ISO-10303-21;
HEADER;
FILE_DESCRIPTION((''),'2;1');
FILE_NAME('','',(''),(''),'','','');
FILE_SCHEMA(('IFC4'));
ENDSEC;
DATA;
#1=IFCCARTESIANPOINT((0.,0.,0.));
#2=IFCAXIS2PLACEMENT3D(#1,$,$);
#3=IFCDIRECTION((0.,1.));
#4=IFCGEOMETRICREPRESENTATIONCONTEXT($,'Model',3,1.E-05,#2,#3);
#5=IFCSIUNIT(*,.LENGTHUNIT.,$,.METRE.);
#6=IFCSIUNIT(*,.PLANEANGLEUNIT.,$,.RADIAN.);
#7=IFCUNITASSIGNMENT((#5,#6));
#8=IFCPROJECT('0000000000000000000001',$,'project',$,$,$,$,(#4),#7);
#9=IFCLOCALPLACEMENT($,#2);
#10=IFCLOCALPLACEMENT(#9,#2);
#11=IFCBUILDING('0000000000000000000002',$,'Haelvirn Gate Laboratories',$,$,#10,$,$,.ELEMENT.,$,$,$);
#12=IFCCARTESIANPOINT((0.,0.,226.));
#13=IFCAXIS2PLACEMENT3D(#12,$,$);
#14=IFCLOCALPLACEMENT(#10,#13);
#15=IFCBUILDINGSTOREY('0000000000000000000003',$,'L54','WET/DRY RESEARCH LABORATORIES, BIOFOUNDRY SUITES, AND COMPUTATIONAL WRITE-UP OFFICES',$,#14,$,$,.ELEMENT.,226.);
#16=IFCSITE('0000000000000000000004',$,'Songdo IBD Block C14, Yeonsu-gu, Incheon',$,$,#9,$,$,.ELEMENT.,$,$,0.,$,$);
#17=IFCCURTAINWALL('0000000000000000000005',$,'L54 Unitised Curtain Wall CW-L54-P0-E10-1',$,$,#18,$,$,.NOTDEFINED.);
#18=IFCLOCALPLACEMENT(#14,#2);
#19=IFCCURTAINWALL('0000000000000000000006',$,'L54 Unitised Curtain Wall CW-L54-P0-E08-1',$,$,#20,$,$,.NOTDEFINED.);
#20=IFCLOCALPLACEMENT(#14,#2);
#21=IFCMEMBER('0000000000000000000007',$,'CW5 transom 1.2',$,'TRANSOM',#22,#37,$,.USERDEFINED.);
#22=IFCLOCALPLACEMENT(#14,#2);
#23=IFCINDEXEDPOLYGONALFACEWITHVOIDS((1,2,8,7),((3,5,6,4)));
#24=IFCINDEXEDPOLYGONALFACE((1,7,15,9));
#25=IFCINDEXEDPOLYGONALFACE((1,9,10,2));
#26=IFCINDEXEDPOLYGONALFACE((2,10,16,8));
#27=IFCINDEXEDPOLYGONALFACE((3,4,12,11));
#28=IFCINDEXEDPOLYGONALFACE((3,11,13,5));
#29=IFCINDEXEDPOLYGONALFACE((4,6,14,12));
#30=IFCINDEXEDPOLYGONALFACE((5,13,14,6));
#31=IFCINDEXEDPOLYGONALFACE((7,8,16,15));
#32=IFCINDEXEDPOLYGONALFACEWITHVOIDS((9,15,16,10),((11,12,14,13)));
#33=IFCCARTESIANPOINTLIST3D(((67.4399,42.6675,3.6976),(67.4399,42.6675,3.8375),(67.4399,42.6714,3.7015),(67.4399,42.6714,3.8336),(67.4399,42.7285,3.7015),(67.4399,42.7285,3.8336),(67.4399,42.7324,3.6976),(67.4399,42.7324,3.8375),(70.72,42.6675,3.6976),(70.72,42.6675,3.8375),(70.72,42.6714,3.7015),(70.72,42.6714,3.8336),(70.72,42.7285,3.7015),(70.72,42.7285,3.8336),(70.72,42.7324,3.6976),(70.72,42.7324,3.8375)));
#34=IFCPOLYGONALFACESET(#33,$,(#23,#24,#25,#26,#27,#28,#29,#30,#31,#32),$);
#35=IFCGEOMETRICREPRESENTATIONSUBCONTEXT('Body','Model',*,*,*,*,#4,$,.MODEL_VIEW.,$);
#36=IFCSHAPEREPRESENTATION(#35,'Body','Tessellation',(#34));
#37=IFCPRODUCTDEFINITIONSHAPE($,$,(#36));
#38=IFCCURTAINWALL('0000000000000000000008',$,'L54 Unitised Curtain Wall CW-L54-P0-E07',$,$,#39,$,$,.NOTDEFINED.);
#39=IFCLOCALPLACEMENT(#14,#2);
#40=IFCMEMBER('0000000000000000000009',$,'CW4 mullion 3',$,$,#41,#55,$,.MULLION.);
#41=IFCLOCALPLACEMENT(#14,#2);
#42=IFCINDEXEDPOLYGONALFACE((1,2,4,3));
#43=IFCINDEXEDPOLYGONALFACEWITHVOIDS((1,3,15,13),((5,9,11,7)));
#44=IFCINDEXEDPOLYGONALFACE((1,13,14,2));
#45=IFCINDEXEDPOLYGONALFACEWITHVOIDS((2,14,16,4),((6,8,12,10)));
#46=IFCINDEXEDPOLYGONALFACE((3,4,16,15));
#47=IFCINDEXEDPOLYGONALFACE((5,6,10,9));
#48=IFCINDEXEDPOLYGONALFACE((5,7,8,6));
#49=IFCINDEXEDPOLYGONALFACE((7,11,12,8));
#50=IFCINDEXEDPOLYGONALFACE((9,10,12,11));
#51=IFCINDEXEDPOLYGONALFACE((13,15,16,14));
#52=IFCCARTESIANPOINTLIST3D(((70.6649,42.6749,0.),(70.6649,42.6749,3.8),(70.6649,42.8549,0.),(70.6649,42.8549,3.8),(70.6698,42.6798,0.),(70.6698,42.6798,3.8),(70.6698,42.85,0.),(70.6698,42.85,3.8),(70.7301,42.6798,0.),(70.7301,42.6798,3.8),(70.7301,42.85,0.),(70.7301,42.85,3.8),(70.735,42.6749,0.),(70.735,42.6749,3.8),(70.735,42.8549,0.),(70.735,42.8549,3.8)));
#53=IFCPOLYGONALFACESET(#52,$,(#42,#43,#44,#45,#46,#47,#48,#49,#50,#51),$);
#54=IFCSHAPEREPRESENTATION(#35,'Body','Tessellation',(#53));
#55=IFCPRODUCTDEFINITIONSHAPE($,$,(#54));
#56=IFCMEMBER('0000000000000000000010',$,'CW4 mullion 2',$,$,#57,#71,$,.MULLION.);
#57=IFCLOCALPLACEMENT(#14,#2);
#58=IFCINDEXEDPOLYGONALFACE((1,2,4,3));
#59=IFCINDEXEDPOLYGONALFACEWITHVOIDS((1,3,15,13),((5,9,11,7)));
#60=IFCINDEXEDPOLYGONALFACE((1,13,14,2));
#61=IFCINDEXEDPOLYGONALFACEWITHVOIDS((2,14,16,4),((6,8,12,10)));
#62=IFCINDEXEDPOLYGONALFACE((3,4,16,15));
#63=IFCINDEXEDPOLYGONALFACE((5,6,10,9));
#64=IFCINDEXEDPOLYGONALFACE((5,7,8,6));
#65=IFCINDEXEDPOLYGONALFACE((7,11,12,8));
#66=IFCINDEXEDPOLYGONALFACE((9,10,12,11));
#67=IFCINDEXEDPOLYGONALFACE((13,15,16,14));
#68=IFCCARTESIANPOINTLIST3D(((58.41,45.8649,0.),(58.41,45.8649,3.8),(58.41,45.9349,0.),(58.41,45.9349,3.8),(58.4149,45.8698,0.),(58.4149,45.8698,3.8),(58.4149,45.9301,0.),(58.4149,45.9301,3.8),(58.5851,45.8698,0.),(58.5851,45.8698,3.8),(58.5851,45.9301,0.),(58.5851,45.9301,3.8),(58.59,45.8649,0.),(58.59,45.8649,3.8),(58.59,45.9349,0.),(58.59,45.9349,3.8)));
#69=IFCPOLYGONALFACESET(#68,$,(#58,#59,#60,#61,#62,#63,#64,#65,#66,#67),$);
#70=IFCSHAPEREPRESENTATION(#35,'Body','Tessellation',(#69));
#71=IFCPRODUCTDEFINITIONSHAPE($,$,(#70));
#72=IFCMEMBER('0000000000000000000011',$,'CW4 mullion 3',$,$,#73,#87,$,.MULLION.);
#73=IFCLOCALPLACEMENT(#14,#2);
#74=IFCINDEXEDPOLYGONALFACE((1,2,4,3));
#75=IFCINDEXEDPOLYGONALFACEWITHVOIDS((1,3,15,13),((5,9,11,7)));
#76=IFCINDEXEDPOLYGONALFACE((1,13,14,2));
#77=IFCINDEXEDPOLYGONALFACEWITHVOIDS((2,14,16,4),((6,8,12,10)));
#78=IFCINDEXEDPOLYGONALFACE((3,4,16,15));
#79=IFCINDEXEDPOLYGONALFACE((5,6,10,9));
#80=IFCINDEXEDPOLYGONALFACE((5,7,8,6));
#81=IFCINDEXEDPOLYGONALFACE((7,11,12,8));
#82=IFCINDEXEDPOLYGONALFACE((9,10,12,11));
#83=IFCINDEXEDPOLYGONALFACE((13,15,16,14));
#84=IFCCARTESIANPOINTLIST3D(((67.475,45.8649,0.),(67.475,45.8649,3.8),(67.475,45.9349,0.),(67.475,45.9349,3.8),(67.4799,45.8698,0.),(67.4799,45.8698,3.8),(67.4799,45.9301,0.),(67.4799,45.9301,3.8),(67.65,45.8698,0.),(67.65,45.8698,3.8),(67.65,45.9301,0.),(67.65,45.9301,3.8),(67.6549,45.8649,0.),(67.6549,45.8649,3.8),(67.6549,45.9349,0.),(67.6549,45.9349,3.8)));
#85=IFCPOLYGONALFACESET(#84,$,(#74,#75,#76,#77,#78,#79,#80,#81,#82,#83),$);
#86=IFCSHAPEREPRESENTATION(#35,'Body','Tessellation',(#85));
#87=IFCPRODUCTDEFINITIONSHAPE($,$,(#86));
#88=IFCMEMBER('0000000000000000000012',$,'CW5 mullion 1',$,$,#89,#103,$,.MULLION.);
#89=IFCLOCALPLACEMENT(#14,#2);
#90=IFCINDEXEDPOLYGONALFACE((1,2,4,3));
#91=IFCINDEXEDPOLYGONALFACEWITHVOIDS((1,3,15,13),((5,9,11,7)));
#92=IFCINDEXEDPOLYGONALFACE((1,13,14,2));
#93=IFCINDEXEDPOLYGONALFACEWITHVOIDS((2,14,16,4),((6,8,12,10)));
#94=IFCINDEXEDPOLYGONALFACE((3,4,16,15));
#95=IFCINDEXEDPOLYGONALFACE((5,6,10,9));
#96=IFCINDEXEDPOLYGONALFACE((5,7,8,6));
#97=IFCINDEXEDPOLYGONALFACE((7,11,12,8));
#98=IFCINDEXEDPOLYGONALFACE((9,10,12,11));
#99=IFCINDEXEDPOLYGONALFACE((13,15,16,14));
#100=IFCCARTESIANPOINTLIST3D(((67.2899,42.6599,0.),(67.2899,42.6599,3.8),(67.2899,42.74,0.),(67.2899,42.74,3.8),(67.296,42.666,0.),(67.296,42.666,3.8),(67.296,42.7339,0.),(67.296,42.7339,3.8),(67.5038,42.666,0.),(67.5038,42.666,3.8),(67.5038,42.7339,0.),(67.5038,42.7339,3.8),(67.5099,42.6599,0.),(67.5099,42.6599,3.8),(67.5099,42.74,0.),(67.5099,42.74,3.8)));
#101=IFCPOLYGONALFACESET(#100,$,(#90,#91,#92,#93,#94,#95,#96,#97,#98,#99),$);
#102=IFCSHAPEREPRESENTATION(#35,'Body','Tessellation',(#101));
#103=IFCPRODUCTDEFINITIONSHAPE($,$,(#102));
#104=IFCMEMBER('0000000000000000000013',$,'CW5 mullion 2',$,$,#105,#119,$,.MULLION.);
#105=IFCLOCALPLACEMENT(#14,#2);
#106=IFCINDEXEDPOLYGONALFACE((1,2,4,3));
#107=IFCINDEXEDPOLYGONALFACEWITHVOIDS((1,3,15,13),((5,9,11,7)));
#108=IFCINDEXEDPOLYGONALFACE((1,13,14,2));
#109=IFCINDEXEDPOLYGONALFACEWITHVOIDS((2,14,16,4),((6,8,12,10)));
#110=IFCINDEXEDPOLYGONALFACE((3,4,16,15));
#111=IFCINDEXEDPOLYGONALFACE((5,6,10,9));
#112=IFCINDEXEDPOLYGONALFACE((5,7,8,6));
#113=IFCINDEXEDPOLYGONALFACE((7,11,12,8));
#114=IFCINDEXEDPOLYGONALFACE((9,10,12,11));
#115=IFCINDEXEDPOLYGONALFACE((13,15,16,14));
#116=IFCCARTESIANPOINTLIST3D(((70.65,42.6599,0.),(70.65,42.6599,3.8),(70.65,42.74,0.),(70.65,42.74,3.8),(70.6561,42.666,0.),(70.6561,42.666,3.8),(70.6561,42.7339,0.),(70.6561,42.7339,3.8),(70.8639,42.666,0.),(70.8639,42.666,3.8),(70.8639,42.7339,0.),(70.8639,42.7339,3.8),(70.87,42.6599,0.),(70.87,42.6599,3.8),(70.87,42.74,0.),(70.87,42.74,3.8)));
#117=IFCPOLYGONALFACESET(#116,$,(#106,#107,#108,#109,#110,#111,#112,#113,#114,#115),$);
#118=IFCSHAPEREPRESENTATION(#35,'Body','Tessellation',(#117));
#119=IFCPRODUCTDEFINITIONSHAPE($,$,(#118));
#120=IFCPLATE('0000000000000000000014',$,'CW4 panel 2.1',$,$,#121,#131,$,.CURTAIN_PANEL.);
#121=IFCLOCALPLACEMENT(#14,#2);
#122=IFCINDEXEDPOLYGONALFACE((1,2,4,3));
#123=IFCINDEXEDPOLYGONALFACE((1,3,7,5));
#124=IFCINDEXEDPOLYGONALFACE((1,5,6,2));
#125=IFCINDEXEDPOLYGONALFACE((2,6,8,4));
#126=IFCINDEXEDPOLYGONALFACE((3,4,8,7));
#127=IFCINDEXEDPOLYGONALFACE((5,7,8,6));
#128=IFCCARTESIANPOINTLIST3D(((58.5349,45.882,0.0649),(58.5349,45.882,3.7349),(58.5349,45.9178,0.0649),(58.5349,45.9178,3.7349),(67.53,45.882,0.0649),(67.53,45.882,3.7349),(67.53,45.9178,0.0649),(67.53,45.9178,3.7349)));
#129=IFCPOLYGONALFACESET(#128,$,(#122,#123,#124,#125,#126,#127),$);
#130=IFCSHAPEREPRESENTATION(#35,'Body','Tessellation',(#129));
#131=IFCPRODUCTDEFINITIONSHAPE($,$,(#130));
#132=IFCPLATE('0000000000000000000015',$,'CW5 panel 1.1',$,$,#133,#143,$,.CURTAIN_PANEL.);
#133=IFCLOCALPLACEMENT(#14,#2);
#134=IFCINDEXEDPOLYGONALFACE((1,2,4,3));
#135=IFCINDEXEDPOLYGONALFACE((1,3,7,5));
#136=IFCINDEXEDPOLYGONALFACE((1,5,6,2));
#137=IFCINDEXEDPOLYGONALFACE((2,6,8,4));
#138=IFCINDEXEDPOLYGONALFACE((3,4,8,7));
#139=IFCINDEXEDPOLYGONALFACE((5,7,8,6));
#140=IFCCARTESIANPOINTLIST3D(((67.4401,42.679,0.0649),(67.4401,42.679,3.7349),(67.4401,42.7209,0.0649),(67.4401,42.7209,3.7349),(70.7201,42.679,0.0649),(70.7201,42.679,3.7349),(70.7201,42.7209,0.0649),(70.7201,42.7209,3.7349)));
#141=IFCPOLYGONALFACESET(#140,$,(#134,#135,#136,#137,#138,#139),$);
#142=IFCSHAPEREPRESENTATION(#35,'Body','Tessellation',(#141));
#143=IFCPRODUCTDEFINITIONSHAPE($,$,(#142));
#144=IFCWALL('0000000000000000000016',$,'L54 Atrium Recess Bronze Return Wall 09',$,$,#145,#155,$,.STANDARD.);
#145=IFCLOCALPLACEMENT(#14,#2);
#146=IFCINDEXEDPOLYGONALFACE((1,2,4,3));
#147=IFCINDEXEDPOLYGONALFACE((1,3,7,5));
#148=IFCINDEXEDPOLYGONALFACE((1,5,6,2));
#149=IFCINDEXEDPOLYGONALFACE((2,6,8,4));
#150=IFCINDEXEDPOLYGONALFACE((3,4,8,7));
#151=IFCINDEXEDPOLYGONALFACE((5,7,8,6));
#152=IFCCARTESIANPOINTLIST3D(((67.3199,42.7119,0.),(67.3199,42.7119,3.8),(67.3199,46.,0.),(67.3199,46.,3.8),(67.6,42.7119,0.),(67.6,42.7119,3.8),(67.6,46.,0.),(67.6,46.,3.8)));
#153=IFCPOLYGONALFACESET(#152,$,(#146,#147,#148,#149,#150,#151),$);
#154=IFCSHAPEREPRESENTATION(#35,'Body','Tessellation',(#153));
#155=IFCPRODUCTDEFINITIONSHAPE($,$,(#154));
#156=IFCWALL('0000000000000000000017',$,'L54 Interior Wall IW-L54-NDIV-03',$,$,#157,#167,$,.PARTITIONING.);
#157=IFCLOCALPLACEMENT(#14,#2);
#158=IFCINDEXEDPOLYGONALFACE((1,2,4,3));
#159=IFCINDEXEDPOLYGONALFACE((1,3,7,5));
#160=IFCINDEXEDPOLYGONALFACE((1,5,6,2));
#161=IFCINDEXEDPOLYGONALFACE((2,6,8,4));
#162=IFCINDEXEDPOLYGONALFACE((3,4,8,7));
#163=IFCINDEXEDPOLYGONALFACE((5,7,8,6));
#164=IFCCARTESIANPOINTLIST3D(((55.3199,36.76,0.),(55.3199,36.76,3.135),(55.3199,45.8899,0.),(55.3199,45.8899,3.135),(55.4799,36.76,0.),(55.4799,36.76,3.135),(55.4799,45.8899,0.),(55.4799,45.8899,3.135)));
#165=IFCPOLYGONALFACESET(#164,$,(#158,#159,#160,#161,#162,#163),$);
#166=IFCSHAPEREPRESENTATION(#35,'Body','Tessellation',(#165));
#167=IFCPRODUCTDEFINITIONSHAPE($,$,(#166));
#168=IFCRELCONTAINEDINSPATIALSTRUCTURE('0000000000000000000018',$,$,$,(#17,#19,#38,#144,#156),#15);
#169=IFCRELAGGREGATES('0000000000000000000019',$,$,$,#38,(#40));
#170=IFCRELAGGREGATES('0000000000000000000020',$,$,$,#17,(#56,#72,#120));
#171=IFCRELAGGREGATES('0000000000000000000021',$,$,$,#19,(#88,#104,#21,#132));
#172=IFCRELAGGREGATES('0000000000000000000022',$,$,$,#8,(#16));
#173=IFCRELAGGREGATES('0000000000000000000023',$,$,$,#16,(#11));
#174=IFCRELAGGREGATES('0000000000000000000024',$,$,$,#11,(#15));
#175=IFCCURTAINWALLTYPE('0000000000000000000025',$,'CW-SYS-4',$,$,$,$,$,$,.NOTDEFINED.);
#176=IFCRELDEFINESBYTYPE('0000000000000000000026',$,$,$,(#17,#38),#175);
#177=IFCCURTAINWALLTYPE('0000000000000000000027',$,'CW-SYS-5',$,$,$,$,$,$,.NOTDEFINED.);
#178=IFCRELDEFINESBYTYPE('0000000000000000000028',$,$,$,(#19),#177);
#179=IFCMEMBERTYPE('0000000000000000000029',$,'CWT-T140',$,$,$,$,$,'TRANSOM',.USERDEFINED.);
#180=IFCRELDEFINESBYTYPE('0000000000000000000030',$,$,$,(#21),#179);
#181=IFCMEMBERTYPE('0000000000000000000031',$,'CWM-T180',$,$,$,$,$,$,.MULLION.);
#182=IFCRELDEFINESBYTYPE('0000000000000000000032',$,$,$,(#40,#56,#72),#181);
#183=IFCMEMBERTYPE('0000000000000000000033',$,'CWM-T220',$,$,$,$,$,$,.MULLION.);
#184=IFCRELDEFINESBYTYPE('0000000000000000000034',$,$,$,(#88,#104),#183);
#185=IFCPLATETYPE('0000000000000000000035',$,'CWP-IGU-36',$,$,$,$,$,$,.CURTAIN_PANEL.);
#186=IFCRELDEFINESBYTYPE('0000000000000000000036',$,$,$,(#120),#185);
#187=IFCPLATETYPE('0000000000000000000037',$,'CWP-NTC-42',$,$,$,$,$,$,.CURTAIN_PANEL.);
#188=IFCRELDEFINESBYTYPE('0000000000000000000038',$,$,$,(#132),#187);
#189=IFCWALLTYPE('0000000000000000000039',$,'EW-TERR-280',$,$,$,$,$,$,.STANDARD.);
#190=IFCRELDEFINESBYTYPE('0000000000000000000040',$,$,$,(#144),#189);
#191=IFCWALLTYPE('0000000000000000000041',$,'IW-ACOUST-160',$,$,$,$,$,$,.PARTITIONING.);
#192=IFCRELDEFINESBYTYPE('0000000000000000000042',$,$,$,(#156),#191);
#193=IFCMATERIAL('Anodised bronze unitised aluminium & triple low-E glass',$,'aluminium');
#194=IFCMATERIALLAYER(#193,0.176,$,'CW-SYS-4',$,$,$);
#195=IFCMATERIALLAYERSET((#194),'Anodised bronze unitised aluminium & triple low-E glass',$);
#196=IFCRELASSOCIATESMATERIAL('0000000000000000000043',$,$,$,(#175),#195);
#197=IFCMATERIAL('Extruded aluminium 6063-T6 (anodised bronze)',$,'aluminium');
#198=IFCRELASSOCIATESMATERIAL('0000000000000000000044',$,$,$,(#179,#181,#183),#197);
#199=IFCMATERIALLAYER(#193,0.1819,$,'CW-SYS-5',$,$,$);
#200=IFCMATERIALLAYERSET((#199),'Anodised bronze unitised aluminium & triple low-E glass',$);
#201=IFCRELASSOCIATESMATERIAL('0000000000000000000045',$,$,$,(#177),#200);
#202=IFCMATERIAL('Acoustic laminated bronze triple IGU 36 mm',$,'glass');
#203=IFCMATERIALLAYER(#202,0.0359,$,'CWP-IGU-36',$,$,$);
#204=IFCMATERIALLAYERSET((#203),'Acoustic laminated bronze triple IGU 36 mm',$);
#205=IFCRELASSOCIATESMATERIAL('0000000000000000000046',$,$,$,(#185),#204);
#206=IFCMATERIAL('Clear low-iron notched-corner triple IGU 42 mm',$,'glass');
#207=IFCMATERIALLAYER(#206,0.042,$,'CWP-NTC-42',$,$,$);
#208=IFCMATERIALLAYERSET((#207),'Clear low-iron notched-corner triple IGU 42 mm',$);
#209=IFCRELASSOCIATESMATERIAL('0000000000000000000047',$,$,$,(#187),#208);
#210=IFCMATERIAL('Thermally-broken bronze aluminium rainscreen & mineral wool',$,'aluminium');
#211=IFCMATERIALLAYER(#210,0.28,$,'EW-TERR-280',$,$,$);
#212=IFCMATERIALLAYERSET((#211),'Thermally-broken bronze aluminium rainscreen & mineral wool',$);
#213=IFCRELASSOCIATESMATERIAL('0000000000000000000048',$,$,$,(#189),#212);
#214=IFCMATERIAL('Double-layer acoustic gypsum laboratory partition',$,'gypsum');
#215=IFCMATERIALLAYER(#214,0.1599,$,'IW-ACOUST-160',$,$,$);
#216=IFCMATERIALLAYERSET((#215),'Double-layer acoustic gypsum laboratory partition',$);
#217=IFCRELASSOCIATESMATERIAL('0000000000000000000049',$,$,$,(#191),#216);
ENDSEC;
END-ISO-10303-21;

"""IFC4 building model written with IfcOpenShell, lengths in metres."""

from ifc_helpers import new_model, si_unit, direction, frame, frame_2d, origin, origin_2d, place, context, subcontext, project, spatial, rectangle, hollow_rectangle, extrude, source, transform, mapped, material, layer, layer_set, material_profile, profile_set, type_object, type_shapes, element, aggregate, save


model = new_model("IFC4")

# Units and contexts
model_context = context("Model", 3, precision=1e-05, world=origin(), true_north=direction((0.0, 1.0)))
body_context = subcontext(model_context, "Body", "Model", "MODEL_VIEW")
ifc_project = project(units=[si_unit("LENGTHUNIT", "METRE"), si_unit("PLANEANGLEUNIT", "RADIAN")], contexts=[model_context])

# Site, building, storey
site_placement = place(None, origin())
site = spatial("IfcSite", under=ifc_project, at=site_placement, Name="Songdo IBD Block C14, Yeonsu-gu, Incheon", CompositionType="ELEMENT", RefElevation=0.0)
building_placement = place(site_placement, origin())
building = spatial("IfcBuilding", under=site, at=building_placement, Name="Haelvirn Gate Laboratories", CompositionType="ELEMENT")
storey_placement = place(building_placement, frame((0.0, 0.0, 226.0)))
storey = spatial("IfcBuildingStorey", under=building, at=storey_placement, Name="L54", Description="WET/DRY RESEARCH LABORATORIES, BIOFOUNDRY SUITES, AND COMPUTATIONAL WRITE-UP OFFICES", CompositionType="ELEMENT", Elevation=226.0)

# Curtain walls, member
ifc_material_1 = material(Name="Anodised bronze unitised aluminium & triple low-E glass", Category="aluminium")
ifc_layer_1 = layer(ifc_material_1, 0.176, Name="CW-SYS-4")
ifc_layer_set_1 = layer_set([ifc_layer_1], Name="Anodised bronze unitised aluminium & triple low-E glass")
curtain_wall_type_1 = type_object("IfcCurtainWallType", Name="CW-SYS-4", PredefinedType="NOTDEFINED", material=ifc_layer_set_1)
curtain_wall_1_placement = place(storey_placement, origin())
curtain_wall_1 = element("IfcCurtainWall", 1, at=curtain_wall_1_placement, inside=storey, type_object=curtain_wall_type_1, Name="L54 Unitised Curtain Wall CW-L54-P0-E10-1", PredefinedType="NOTDEFINED")
ifc_material_2 = material(Name="Extruded aluminium 6063-T6 (anodised bronze)", Category="aluminium")
ifc_material_profile_1 = material_profile(ifc_material_2, hollow_rectangle(XDim=0.0649, YDim=0.1399, WallThickness=0.0039, at=origin_2d()), Name="CWT-140x65x4")
ifc_profile_set_1 = profile_set([ifc_material_profile_1], Name="Extruded aluminium 6063-T6 (anodised bronze)")
member_type_1 = type_object("IfcMemberType", Name="CWT-T140", ElementType="TRANSOM", PredefinedType="USERDEFINED", material=ifc_profile_set_1)
ifc_layer_2 = layer(ifc_material_1, 0.1819, Name="CW-SYS-5")
ifc_layer_set_2 = layer_set([ifc_layer_2], Name="Anodised bronze unitised aluminium & triple low-E glass")
curtain_wall_type_2 = type_object("IfcCurtainWallType", Name="CW-SYS-5", PredefinedType="NOTDEFINED", material=ifc_layer_set_2)
curtain_wall_2_placement = place(storey_placement, origin())
curtain_wall_2 = element("IfcCurtainWall", 2, at=curtain_wall_2_placement, inside=storey, type_object=curtain_wall_type_2, Name="L54 Unitised Curtain Wall CW-L54-P0-E08-1", PredefinedType="NOTDEFINED")
shared_shape_1 = source(origin(), body_context, "Body", "SweptSolid", [
    extrude(hollow_rectangle(XDim=0.0649, YDim=0.1399, WallThickness=0.0039, at=origin_2d()), origin(), (0.0, 0.0, 1.0), 3.28),
])
member_1_placement = place(storey_placement, frame((67.4399, 42.7, 3.7676), z_axis=(1.0, 0.0, 0.0), x_axis=(0.0, 1.0, 0.0)))
member_1 = element("IfcMember", 3, at=member_1_placement, type_object=member_type_1, Name="CW5 transom 1.2", ObjectType="TRANSOM", PredefinedType="USERDEFINED", context=body_context, shape_type="MappedRepresentation", body=[
    mapped(shared_shape_1, transform((0.0, 0.0, 0.0), scale=1.0)),
])

# Curtain wall, member
curtain_wall_3_placement = place(storey_placement, origin())
curtain_wall_3 = element("IfcCurtainWall", 4, at=curtain_wall_3_placement, inside=storey, type_object=curtain_wall_type_1, Name="L54 Unitised Curtain Wall CW-L54-P0-E07", PredefinedType="NOTDEFINED")
ifc_material_profile_2 = material_profile(ifc_material_2, hollow_rectangle(XDim=0.0701, YDim=0.1799, WallThickness=0.0049, at=origin_2d()), Name="CWM-180x70x5")
ifc_profile_set_2 = profile_set([ifc_material_profile_2], Name="Extruded aluminium 6063-T6 (anodised bronze)")
member_type_2 = type_object("IfcMemberType", Name="CWM-T180", PredefinedType="MULLION", material=ifc_profile_set_2)
shared_shape_2 = source(origin(), body_context, "Body", "SweptSolid", [
    extrude(hollow_rectangle(XDim=0.0701, YDim=0.1799, WallThickness=0.0049, at=origin_2d()), origin(), (0.0, 0.0, 1.0), 3.8),
])
type_shapes(member_type_2, [shared_shape_2])
member_2_placement = place(storey_placement, frame((70.7, 42.7649, 0.0), z_axis=(0.0, 0.0, 1.0), x_axis=(-1.0, 0.0, 0.0)))
member_2 = element("IfcMember", 5, at=member_2_placement, type_object=member_type_2, Name="CW4 mullion 3", PredefinedType="MULLION", context=body_context, shape_type="MappedRepresentation", body=[
    mapped(shared_shape_2, transform((0.0, 0.0, 0.0), scale=1.0)),
])
aggregate(curtain_wall_3, [member_2])

# Members
member_3_placement = place(storey_placement, frame((58.5, 45.8999, 0.0), z_axis=(0.0, 0.0, 1.0), x_axis=(0.0, 1.0, 0.0)))
member_3 = element("IfcMember", 6, at=member_3_placement, type_object=member_type_2, Name="CW4 mullion 2", PredefinedType="MULLION", context=body_context, shape_type="MappedRepresentation", body=[
    mapped(shared_shape_2, transform((0.0, 0.0, 0.0), scale=1.0)),
])
member_4_placement = place(storey_placement, frame((67.5649, 45.8999, 0.0), z_axis=(0.0, 0.0, 1.0), x_axis=(0.0, 1.0, 0.0)))
member_4 = element("IfcMember", 7, at=member_4_placement, type_object=member_type_2, Name="CW4 mullion 3", PredefinedType="MULLION", context=body_context, shape_type="MappedRepresentation", body=[
    mapped(shared_shape_2, transform((0.0, 0.0, 0.0), scale=1.0)),
])
ifc_material_profile_3 = material_profile(ifc_material_2, hollow_rectangle(XDim=0.0801, YDim=0.22, WallThickness=0.0061, at=origin_2d()), Name="CWM-220x80x6")
ifc_profile_set_3 = profile_set([ifc_material_profile_3], Name="Extruded aluminium 6063-T6 (anodised bronze)")
member_type_3 = type_object("IfcMemberType", Name="CWM-T220", PredefinedType="MULLION", material=ifc_profile_set_3)
shared_shape_3 = source(origin(), body_context, "Body", "SweptSolid", [
    extrude(hollow_rectangle(XDim=0.0801, YDim=0.22, WallThickness=0.0061, at=origin_2d()), origin(), (0.0, 0.0, 1.0), 3.8),
])
type_shapes(member_type_3, [shared_shape_3])
member_5_placement = place(storey_placement, frame((67.3999, 42.7, 0.0), z_axis=(0.0, 0.0, 1.0), x_axis=(0.0, 1.0, 0.0)))
member_5 = element("IfcMember", 8, at=member_5_placement, type_object=member_type_3, Name="CW5 mullion 1", PredefinedType="MULLION", context=body_context, shape_type="MappedRepresentation", body=[
    mapped(shared_shape_3, transform((0.0, 0.0, 0.0), scale=1.0)),
])
member_6_placement = place(storey_placement, frame((70.76, 42.7, 0.0), z_axis=(0.0, 0.0, 1.0), x_axis=(0.0, 1.0, 0.0)))
member_6 = element("IfcMember", 9, at=member_6_placement, type_object=member_type_3, Name="CW5 mullion 2", PredefinedType="MULLION", context=body_context, shape_type="MappedRepresentation", body=[
    mapped(shared_shape_3, transform((0.0, 0.0, 0.0), scale=1.0)),
])

# Plates
ifc_material_3 = material(Name="Acoustic laminated bronze triple IGU 36 mm", Category="glass")
ifc_layer_3 = layer(ifc_material_3, 0.0359, Name="CWP-IGU-36")
ifc_layer_set_3 = layer_set([ifc_layer_3], Name="Acoustic laminated bronze triple IGU 36 mm")
plate_type_1 = type_object("IfcPlateType", Name="CWP-IGU-36", PredefinedType="CURTAIN_PANEL", material=ifc_layer_set_3)
shared_shape_4 = source(origin(), body_context, "Body", "SweptSolid", [
    extrude(rectangle(XDim=8.9951, YDim=0.0359, at=origin_2d()), origin(), (0.0, 0.0, 1.0), 3.6699),
])
type_shapes(plate_type_1, [shared_shape_4])
plate_1_placement = place(storey_placement, frame((63.0325, 45.8999, 0.0649), z_axis=(0.0, 0.0, 1.0), x_axis=(1.0, 0.0, 0.0)))
plate_1 = element("IfcPlate", 10, at=plate_1_placement, type_object=plate_type_1, Name="CW4 panel 2.1", PredefinedType="CURTAIN_PANEL", context=body_context, shape_type="MappedRepresentation", body=[
    mapped(shared_shape_4, transform((0.0, 0.0, 0.0), scale=1.0)),
])
aggregate(curtain_wall_1, [member_3, member_4, plate_1])
ifc_material_4 = material(Name="Clear low-iron notched-corner triple IGU 42 mm", Category="glass")
ifc_layer_4 = layer(ifc_material_4, 0.042, Name="CWP-NTC-42")
ifc_layer_set_4 = layer_set([ifc_layer_4], Name="Clear low-iron notched-corner triple IGU 42 mm")
plate_type_2 = type_object("IfcPlateType", Name="CWP-NTC-42", PredefinedType="CURTAIN_PANEL", material=ifc_layer_set_4)
shared_shape_5 = source(origin(), body_context, "Body", "SweptSolid", [
    extrude(rectangle(XDim=3.28, YDim=0.042, at=origin_2d()), origin(), (0.0, 0.0, 1.0), 3.6699),
])
type_shapes(plate_type_2, [shared_shape_5])
plate_2_placement = place(storey_placement, frame((69.0801, 42.7, 0.0649), z_axis=(0.0, 0.0, 1.0), x_axis=(1.0, 0.0, 0.0)))
plate_2 = element("IfcPlate", 11, at=plate_2_placement, type_object=plate_type_2, Name="CW5 panel 1.1", PredefinedType="CURTAIN_PANEL", context=body_context, shape_type="MappedRepresentation", body=[
    mapped(shared_shape_5, transform((0.0, 0.0, 0.0), scale=1.0)),
])
aggregate(curtain_wall_2, [member_5, member_6, member_1, plate_2])

# Walls
ifc_material_5 = material(Name="Thermally-broken bronze aluminium rainscreen & mineral wool", Category="aluminium")
ifc_layer_5 = layer(ifc_material_5, 0.28, Name="EW-TERR-280")
ifc_layer_set_5 = layer_set([ifc_layer_5], Name="Thermally-broken bronze aluminium rainscreen & mineral wool")
wall_type_1 = type_object("IfcWallType", Name="EW-TERR-280", PredefinedType="STANDARD", material=ifc_layer_set_5)
wall_1_placement = place(storey_placement, frame((67.46, 42.7119, 0.0), z_axis=(0.0, 0.0, 1.0), x_axis=(0.0, 1.0, 0.0)))
element("IfcWall", 12, at=wall_1_placement, inside=storey, type_object=wall_type_1, Name="L54 Atrium Recess Bronze Return Wall 09", PredefinedType="STANDARD", context=body_context, shape_type="SweptSolid", body=[
    extrude(rectangle(XDim=3.2881, YDim=0.28, at=frame_2d((1.644, 0.0))), origin(), (0.0, 0.0, 1.0), 3.8),
])
ifc_material_6 = material(Name="Double-layer acoustic gypsum laboratory partition", Category="gypsum")
ifc_layer_6 = layer(ifc_material_6, 0.1599, Name="IW-ACOUST-160")
ifc_layer_set_6 = layer_set([ifc_layer_6], Name="Double-layer acoustic gypsum laboratory partition")
wall_type_2 = type_object("IfcWallType", Name="IW-ACOUST-160", PredefinedType="PARTITIONING", material=ifc_layer_set_6)
wall_2_placement = place(storey_placement, frame((55.3999, 36.76, 0.0), z_axis=(0.0, 0.0, 1.0), x_axis=(0.0, 1.0, 0.0)))
element("IfcWall", 13, at=wall_2_placement, inside=storey, type_object=wall_type_2, Name="L54 Interior Wall IW-L54-NDIV-03", PredefinedType="PARTITIONING", context=body_context, shape_type="SweptSolid", body=[
    extrude(rectangle(XDim=9.1299, YDim=0.1599, at=frame_2d((4.5649, 0.0))), origin(), (0.0, 0.0, 1.0), 3.135),
])

save(model, "model.ifc")
